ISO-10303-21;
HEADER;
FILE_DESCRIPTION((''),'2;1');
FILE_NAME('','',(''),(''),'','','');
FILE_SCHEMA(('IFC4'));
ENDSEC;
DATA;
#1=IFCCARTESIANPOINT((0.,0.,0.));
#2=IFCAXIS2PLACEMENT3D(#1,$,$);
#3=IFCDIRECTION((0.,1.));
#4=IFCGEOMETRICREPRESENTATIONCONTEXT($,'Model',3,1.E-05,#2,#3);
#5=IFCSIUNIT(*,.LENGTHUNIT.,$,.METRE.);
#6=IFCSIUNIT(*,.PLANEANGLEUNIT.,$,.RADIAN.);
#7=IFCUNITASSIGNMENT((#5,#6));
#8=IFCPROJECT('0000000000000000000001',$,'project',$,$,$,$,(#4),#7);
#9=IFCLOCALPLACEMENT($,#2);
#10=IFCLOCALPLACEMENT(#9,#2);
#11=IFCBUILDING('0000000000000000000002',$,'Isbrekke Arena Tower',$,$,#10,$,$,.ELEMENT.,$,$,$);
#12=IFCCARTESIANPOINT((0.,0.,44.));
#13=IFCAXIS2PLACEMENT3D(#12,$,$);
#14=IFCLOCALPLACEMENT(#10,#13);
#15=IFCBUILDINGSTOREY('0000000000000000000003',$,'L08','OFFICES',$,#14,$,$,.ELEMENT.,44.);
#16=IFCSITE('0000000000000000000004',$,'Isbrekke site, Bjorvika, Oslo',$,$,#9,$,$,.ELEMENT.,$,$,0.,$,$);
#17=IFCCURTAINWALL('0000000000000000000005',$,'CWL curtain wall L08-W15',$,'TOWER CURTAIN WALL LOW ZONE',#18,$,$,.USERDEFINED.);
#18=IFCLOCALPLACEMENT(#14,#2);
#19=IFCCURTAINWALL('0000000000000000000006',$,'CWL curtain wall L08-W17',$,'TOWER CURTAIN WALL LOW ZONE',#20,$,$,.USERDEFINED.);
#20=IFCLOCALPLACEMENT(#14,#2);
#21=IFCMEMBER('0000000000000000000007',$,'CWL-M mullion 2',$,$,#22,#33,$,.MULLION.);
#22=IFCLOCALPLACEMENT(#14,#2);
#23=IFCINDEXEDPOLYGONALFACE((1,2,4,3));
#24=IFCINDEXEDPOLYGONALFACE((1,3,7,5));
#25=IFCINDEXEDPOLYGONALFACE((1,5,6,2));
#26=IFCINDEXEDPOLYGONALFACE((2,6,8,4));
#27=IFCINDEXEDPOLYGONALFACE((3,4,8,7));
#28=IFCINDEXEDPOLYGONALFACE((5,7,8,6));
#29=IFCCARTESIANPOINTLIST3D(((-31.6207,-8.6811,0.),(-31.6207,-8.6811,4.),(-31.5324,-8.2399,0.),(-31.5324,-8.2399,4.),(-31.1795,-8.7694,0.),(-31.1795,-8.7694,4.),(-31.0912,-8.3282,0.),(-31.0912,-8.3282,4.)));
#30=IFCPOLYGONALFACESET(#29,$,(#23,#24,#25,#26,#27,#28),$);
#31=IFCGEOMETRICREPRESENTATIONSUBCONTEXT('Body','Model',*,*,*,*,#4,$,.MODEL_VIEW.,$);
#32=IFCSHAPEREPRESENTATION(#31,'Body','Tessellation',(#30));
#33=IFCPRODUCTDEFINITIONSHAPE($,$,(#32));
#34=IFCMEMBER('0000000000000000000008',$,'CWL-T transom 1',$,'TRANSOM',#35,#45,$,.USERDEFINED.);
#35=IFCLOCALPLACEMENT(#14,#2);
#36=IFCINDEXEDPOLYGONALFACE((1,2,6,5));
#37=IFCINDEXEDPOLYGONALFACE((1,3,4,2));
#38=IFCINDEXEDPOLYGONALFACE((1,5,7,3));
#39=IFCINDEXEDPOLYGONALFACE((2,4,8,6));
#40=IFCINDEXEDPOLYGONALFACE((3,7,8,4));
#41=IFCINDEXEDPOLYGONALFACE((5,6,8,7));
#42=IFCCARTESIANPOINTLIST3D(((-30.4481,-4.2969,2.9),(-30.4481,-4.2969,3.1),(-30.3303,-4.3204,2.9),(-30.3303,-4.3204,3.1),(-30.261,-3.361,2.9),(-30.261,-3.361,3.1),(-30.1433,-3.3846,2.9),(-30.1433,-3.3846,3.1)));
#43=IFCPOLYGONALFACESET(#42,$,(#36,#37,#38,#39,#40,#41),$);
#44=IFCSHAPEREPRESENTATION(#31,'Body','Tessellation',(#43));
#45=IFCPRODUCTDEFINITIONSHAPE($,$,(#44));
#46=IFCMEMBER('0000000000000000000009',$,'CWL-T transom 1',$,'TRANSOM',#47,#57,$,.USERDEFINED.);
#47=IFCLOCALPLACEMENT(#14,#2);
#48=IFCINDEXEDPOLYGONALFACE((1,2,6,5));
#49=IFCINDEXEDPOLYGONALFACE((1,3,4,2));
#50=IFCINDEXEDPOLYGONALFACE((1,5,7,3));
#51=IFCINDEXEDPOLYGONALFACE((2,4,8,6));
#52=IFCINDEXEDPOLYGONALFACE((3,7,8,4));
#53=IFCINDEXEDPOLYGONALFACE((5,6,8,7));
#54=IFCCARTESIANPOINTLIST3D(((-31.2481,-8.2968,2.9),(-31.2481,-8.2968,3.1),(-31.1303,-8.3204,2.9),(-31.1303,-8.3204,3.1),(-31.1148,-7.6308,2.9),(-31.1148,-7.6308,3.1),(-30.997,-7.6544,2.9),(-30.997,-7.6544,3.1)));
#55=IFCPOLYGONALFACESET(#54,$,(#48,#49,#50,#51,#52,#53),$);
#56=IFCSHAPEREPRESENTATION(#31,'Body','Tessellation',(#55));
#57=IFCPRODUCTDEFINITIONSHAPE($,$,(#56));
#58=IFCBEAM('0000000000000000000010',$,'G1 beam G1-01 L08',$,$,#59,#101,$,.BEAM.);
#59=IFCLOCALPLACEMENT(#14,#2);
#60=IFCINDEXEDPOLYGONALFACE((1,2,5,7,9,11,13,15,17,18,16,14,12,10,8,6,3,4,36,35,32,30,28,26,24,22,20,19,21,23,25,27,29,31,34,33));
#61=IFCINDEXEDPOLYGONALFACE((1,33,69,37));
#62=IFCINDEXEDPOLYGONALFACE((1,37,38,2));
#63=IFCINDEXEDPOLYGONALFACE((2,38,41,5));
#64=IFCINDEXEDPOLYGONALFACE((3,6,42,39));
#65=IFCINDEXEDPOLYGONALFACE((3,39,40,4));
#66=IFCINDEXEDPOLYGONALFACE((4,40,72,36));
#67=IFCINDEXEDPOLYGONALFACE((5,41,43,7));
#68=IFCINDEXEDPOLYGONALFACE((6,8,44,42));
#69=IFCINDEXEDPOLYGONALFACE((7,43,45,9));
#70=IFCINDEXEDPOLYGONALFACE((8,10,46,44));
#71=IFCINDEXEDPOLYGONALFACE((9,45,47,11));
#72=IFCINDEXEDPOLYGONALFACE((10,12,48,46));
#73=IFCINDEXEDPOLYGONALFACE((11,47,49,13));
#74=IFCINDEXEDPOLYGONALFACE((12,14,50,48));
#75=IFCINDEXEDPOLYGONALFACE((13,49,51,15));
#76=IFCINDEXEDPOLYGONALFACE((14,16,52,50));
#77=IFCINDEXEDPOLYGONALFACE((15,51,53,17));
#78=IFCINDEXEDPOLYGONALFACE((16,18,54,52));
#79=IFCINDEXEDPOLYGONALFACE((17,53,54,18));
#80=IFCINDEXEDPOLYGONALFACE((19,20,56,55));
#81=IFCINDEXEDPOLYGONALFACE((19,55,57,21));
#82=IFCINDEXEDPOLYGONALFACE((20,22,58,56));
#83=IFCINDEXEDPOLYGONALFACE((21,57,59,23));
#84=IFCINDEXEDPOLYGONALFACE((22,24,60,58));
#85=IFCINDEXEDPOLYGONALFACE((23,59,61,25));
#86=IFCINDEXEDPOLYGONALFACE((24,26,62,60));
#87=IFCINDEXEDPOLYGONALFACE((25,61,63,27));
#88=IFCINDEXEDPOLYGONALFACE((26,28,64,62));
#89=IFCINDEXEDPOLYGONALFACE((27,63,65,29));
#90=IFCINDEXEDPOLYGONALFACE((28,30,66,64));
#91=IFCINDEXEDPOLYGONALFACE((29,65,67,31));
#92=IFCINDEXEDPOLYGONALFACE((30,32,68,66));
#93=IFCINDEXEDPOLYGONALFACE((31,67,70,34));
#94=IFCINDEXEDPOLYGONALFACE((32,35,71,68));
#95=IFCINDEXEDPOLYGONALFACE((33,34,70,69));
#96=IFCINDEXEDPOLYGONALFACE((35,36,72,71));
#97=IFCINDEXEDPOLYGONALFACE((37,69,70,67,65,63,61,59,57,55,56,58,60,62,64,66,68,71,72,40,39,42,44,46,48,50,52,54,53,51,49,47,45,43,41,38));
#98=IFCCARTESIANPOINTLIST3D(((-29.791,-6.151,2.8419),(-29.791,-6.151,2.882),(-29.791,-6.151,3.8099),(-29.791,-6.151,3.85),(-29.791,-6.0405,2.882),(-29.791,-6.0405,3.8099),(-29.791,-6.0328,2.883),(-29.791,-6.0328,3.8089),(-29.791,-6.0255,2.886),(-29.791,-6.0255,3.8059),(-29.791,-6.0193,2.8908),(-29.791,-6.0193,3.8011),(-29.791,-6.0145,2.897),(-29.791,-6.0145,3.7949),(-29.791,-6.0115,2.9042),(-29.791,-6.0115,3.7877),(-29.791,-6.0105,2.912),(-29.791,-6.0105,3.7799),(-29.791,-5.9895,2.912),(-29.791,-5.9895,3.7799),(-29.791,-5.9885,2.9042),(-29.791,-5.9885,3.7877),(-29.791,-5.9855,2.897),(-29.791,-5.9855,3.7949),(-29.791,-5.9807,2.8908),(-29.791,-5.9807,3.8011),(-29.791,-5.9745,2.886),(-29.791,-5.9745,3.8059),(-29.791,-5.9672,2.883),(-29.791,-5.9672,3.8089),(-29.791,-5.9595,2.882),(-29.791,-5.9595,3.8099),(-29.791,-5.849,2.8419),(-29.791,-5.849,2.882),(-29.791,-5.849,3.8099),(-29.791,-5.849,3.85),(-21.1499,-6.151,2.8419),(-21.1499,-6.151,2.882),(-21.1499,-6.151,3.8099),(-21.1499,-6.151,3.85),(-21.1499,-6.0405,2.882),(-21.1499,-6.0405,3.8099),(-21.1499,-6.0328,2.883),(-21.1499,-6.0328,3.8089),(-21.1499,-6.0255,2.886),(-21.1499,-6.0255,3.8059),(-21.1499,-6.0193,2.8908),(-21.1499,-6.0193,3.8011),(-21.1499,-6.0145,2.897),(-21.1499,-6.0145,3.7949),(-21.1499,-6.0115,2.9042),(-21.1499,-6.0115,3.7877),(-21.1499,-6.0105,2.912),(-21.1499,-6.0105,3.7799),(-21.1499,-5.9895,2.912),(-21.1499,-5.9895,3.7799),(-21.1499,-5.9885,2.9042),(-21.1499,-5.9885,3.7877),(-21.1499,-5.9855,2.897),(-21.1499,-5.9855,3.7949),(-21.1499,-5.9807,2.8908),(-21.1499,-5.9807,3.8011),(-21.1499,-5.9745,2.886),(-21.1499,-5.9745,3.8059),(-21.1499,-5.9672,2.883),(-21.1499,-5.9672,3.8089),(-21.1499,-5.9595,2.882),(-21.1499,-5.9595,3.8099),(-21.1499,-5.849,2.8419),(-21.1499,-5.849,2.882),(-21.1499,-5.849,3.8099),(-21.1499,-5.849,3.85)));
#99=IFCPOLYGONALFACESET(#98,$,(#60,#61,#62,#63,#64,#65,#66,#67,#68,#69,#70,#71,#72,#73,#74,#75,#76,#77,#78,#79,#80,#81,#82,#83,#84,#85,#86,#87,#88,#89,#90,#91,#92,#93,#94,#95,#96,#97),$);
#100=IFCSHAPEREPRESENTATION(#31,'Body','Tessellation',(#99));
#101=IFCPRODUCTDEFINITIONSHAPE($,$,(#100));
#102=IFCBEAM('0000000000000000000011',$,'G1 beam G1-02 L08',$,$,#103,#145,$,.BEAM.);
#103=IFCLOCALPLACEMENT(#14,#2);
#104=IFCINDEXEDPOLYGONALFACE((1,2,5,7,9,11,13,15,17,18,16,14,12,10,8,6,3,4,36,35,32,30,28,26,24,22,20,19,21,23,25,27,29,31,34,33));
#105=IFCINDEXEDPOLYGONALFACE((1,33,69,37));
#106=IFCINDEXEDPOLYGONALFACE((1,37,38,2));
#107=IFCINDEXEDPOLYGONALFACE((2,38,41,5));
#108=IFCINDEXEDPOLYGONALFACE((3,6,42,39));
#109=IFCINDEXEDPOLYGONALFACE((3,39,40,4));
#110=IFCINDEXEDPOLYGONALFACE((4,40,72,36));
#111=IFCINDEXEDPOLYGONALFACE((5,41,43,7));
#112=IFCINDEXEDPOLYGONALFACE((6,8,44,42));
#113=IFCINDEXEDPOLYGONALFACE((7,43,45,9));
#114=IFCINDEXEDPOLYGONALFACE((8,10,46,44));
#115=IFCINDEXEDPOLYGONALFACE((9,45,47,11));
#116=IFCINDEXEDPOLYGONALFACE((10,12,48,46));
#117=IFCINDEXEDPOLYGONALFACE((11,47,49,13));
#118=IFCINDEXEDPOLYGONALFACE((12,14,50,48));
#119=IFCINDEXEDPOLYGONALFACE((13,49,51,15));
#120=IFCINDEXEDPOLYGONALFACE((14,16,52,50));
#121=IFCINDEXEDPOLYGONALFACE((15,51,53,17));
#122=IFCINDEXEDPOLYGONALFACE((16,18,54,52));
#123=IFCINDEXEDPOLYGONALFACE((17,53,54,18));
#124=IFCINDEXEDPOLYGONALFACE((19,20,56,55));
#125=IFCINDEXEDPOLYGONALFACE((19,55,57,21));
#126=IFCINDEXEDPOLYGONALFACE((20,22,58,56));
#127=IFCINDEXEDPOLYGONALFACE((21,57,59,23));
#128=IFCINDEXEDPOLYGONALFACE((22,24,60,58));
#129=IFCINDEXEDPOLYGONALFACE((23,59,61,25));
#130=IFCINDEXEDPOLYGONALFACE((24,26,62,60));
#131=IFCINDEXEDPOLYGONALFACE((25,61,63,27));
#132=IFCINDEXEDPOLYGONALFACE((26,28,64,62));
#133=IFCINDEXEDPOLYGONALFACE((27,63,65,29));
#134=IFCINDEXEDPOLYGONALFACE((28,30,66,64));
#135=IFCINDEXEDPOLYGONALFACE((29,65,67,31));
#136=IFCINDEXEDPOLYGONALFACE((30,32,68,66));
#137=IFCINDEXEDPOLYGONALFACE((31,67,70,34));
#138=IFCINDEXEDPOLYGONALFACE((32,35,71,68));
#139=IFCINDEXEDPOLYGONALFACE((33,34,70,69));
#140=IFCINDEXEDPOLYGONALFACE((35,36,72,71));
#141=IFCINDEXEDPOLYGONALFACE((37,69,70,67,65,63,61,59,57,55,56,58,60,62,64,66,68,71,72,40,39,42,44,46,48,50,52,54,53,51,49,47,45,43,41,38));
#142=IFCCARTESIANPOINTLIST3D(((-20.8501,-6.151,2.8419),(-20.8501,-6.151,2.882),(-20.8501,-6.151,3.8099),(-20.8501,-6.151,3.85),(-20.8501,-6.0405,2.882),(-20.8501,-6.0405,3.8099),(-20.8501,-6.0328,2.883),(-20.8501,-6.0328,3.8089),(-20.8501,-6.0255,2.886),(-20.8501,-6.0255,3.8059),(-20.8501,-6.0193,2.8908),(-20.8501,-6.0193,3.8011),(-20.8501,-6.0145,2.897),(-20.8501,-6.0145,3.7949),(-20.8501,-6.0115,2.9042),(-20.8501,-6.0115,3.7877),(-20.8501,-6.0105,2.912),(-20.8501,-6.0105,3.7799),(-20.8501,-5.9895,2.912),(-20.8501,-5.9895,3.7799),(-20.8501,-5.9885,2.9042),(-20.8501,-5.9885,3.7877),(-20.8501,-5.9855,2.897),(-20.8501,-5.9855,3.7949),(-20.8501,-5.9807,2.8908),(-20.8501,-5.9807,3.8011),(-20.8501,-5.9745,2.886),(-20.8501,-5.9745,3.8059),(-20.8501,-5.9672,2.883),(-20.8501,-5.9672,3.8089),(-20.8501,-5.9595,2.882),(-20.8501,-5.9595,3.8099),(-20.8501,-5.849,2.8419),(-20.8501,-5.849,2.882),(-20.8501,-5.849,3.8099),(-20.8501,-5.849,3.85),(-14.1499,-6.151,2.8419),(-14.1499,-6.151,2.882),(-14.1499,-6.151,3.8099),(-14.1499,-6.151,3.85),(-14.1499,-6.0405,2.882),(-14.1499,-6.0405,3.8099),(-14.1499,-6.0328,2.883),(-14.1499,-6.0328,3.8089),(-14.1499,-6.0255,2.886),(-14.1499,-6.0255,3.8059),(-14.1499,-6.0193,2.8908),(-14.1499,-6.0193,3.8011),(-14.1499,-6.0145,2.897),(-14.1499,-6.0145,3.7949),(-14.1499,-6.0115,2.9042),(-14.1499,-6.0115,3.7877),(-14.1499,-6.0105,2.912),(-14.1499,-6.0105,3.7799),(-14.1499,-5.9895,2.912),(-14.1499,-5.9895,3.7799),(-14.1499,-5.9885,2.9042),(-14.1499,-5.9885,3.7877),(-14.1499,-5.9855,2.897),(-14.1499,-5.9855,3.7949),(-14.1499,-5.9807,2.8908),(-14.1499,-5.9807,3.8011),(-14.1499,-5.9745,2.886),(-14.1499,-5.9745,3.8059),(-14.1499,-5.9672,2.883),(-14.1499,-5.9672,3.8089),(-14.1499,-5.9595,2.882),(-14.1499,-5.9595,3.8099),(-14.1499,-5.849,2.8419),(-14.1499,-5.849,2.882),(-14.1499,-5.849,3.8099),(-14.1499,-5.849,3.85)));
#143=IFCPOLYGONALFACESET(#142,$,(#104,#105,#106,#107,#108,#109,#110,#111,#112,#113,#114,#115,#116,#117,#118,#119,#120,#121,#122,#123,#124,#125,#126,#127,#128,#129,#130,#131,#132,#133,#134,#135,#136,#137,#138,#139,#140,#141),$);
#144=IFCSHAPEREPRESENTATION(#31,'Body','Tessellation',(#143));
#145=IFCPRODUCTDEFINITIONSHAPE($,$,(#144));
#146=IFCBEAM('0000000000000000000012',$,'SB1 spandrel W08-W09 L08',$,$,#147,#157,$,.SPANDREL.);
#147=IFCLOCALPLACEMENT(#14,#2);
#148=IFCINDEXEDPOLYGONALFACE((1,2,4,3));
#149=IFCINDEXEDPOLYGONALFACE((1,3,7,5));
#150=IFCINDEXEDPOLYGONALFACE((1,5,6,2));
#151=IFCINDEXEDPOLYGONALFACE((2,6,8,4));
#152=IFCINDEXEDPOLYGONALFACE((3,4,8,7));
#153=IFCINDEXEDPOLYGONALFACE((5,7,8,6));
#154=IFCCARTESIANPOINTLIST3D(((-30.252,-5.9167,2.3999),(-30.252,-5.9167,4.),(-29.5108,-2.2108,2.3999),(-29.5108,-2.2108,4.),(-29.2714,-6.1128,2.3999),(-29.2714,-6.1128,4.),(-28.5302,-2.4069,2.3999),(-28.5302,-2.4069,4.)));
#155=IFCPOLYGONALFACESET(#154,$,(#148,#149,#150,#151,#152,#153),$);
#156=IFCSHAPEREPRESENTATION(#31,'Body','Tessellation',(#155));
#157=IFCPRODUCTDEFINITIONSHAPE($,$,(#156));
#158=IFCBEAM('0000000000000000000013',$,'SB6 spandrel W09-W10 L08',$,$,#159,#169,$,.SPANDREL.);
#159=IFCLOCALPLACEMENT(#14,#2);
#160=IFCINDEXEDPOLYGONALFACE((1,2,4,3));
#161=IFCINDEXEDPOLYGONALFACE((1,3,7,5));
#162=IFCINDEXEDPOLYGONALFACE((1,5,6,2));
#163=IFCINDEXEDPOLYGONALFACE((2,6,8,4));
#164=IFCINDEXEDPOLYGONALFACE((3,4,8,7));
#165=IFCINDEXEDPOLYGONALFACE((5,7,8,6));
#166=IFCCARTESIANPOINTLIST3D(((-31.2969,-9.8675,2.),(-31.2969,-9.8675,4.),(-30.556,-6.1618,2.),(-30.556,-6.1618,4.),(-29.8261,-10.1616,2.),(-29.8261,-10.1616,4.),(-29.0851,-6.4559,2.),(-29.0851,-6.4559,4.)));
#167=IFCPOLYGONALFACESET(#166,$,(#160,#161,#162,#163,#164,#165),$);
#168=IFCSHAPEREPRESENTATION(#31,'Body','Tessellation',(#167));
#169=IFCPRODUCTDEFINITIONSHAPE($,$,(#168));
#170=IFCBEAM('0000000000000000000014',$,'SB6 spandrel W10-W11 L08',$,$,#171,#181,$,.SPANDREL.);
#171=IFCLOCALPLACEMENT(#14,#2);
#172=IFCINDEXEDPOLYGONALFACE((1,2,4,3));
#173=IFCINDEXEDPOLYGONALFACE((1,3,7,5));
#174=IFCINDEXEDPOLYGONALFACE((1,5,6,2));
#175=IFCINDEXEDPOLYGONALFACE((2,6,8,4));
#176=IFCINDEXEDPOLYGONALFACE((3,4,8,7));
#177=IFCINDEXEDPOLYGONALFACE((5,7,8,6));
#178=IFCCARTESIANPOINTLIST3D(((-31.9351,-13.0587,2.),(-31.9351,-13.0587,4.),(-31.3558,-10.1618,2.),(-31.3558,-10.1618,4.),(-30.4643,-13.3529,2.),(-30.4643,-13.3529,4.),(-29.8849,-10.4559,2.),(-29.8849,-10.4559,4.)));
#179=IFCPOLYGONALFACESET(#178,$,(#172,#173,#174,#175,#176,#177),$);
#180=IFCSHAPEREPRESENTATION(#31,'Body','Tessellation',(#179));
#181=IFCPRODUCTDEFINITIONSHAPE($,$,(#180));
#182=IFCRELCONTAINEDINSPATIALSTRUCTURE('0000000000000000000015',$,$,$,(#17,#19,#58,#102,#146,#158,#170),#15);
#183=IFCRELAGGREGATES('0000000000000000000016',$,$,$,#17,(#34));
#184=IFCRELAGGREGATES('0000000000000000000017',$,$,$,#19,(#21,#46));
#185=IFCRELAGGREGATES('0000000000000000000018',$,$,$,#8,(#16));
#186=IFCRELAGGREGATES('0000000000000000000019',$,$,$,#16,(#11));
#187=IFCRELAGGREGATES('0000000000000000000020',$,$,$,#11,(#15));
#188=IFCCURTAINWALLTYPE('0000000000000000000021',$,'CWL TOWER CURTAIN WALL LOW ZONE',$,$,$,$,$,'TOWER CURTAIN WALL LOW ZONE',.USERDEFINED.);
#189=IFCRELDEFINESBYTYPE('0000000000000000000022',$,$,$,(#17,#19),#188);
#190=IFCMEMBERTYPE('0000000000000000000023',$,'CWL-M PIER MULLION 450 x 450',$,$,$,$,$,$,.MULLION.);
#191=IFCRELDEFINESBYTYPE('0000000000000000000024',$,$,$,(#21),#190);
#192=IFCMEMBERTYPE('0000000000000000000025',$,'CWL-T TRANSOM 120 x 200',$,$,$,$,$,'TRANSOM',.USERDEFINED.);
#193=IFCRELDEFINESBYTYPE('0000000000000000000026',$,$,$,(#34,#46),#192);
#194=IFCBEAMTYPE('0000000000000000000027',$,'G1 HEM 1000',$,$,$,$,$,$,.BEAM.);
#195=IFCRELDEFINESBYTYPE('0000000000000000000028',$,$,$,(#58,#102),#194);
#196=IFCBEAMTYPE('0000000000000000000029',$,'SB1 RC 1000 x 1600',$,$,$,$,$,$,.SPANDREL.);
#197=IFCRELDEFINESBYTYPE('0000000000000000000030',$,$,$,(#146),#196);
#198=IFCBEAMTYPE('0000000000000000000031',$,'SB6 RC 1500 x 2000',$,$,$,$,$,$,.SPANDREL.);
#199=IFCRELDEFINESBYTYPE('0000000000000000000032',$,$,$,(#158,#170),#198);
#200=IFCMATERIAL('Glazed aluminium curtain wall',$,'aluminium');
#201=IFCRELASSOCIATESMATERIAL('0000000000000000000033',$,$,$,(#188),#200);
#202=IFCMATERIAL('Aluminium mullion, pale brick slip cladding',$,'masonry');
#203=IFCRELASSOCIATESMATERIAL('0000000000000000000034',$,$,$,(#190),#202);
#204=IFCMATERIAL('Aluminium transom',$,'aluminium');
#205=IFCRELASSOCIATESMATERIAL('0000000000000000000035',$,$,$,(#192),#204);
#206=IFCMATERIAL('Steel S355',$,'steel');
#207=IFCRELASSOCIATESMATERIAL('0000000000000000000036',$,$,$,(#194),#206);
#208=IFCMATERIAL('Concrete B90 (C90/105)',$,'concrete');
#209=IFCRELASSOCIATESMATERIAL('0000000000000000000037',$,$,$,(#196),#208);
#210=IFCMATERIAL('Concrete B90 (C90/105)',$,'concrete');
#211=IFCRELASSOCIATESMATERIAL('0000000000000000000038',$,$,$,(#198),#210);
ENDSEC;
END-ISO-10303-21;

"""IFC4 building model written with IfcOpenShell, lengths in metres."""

from ifc_helpers import new_model, si_unit, direction, frame, origin, origin_2d, place, context, subcontext, project, spatial, rectangle, i_section, extrude, material, material_profile, profile_set, type_object, element, aggregate, save


model = new_model("IFC4")

# Units and contexts
model_context = context("Model", 3, precision=1e-05, world=origin(), true_north=direction((0.0, 1.0)))
body_context = subcontext(model_context, "Body", "Model", "MODEL_VIEW")
ifc_project = project(units=[si_unit("LENGTHUNIT", "METRE"), si_unit("PLANEANGLEUNIT", "RADIAN")], contexts=[model_context])

# Site, building, storey
site_placement = place(None, origin())
site = spatial("IfcSite", under=ifc_project, at=site_placement, Name="Isbrekke site, Bjorvika, Oslo", CompositionType="ELEMENT", RefElevation=0.0)
building_placement = place(site_placement, origin())
building = spatial("IfcBuilding", under=site, at=building_placement, Name="Isbrekke Arena Tower", CompositionType="ELEMENT")
storey_placement = place(building_placement, frame((0.0, 0.0, 44.0)))
storey = spatial("IfcBuildingStorey", under=building, at=storey_placement, Name="L08", Description="OFFICES", CompositionType="ELEMENT", Elevation=44.0)

# Curtain walls, member
ifc_material_1 = material(Name="Glazed aluminium curtain wall", Category="aluminium")
curtain_wall_type = type_object("IfcCurtainWallType", Name="CWL TOWER CURTAIN WALL LOW ZONE", ElementType="TOWER CURTAIN WALL LOW ZONE", PredefinedType="USERDEFINED", material=ifc_material_1)
curtain_wall_1_placement = place(storey_placement, origin())
curtain_wall_1 = element("IfcCurtainWall", 1, at=curtain_wall_1_placement, inside=storey, type_object=curtain_wall_type, Name="CWL curtain wall L08-W15", ObjectType="TOWER CURTAIN WALL LOW ZONE", PredefinedType="USERDEFINED")
ifc_material_2 = material(Name="Aluminium mullion, pale brick slip cladding", Category="masonry")
ifc_material_profile_1 = material_profile(ifc_material_2, rectangle(XDim=0.45, YDim=0.45, at=origin_2d()), Name="PIER 450X450")
ifc_profile_set_1 = profile_set([ifc_material_profile_1], Name="Aluminium mullion, pale brick slip cladding")
member_type_1 = type_object("IfcMemberType", Name="CWL-M PIER MULLION 450 x 450", PredefinedType="MULLION", material=ifc_profile_set_1)
curtain_wall_2_placement = place(storey_placement, origin())
curtain_wall_2 = element("IfcCurtainWall", 2, at=curtain_wall_2_placement, inside=storey, type_object=curtain_wall_type, Name="CWL curtain wall L08-W17", ObjectType="TOWER CURTAIN WALL LOW ZONE", PredefinedType="USERDEFINED")
member_1_placement = place(storey_placement, frame((-31.356, -8.5046, 0.0), z_axis=(0.0, 0.0, 1.0), x_axis=(-0.196116, -0.980581, 0.0)))
member_1 = element("IfcMember", 3, at=member_1_placement, type_object=member_type_1, Name="CWL-M mullion 2", PredefinedType="MULLION", context=body_context, shape_type="SweptSolid", body=[
    extrude(rectangle(XDim=0.45, YDim=0.45, at=origin_2d()), origin(), (0.0, 0.0, 1.0), 4.0),
])

# Members
ifc_material_3 = material(Name="Aluminium transom", Category="aluminium")
ifc_material_profile_2 = material_profile(ifc_material_3, rectangle(XDim=0.1201, YDim=0.2, at=origin_2d()), Name="TRANSOM 120X200")
ifc_profile_set_2 = profile_set([ifc_material_profile_2], Name="Aluminium transom")
member_type_2 = type_object("IfcMemberType", Name="CWL-T TRANSOM 120 x 200", ElementType="TRANSOM", PredefinedType="USERDEFINED", material=ifc_profile_set_2)
member_2_placement = place(storey_placement, frame((-30.2021, -3.3728, 3.0), z_axis=(-0.195969, -0.98061, 0.0), x_axis=(0.98061, -0.195969, 0.0)))
member_2 = element("IfcMember", 4, at=member_2_placement, type_object=member_type_2, Name="CWL-T transom 1", ObjectType="TRANSOM", PredefinedType="USERDEFINED", context=body_context, shape_type="SweptSolid", body=[
    extrude(rectangle(XDim=0.1201, YDim=0.2, at=origin_2d()), origin(), (0.0, 0.0, 1.0), 0.9543),
])
member_3_placement = place(storey_placement, frame((-31.0559, -7.6426, 3.0), z_axis=(-0.196254, -0.980553, 0.0), x_axis=(0.980553, -0.196254, 0.0)))
member_3 = element("IfcMember", 5, at=member_3_placement, type_object=member_type_2, Name="CWL-T transom 1", ObjectType="TRANSOM", PredefinedType="USERDEFINED", context=body_context, shape_type="SweptSolid", body=[
    extrude(rectangle(XDim=0.1201, YDim=0.2, at=origin_2d()), origin(), (0.0, 0.0, 1.0), 0.6792),
])

# Beams
ifc_material_4 = material(Name="Steel S355", Category="steel")
ifc_material_profile_3 = material_profile(ifc_material_4, i_section(OverallWidth=0.302, OverallDepth=1.0081, WebThickness=0.021, FlangeThickness=0.04, FilletRadius=0.03, at=origin_2d()), Name="HEM 1000")
ifc_profile_set_3 = profile_set([ifc_material_profile_3], Name="Steel S355")
beam_type_1 = type_object("IfcBeamType", Name="G1 HEM 1000", PredefinedType="BEAM", material=ifc_profile_set_3)
beam_1_placement = place(storey_placement, frame((-29.791, -6.0, 3.3459), z_axis=(1.0, 0.0, 0.0), x_axis=(0.0, 1.0, 0.0)))
element("IfcBeam", 6, at=beam_1_placement, inside=storey, type_object=beam_type_1, Name="G1 beam G1-01 L08", PredefinedType="BEAM", context=body_context, shape_type="SweptSolid", body=[
    extrude(i_section(OverallWidth=0.302, OverallDepth=1.0081, WebThickness=0.021, FlangeThickness=0.04, FilletRadius=0.03, at=origin_2d()), origin(), (0.0, 0.0, 1.0), 8.6411),
])
beam_2_placement = place(storey_placement, frame((-20.8501, -6.0, 3.3459), z_axis=(1.0, 0.0, 0.0), x_axis=(0.0, 1.0, 0.0)))
element("IfcBeam", 7, at=beam_2_placement, inside=storey, type_object=beam_type_1, Name="G1 beam G1-02 L08", PredefinedType="BEAM", context=body_context, shape_type="SweptSolid", body=[
    extrude(i_section(OverallWidth=0.302, OverallDepth=1.0081, WebThickness=0.021, FlangeThickness=0.04, FilletRadius=0.03, at=origin_2d()), origin(), (0.0, 0.0, 1.0), 6.7002),
])
ifc_material_5 = material(Name="Concrete B90 (C90/105)", Category="concrete")
ifc_material_profile_4 = material_profile(ifc_material_5, rectangle(XDim=1.0, YDim=1.6001, at=origin_2d()), Name="RC 1000x1600")
ifc_profile_set_4 = profile_set([ifc_material_profile_4], Name="Concrete B90 (C90/105)")
beam_type_2 = type_object("IfcBeamType", Name="SB1 RC 1000 x 1600", PredefinedType="SPANDREL", material=ifc_profile_set_4)
beam_3_placement = place(storey_placement, frame((-29.0205, -2.3088, 3.2), z_axis=(-0.196129, -0.980578, 0.0), x_axis=(0.980578, -0.196129, 0.0)))
element("IfcBeam", 8, at=beam_3_placement, inside=storey, type_object=beam_type_2, Name="SB1 spandrel W08-W09 L08", PredefinedType="SPANDREL", context=body_context, shape_type="SweptSolid", body=[
    extrude(rectangle(XDim=1.0, YDim=1.6001, at=origin_2d()), origin(), (0.0, 0.0, 1.0), 3.7793),
])
ifc_material_6 = material(Name="Concrete B90 (C90/105)", Category="concrete")
ifc_material_profile_5 = material_profile(ifc_material_6, rectangle(XDim=1.5, YDim=2.0, at=origin_2d()), Name="RC 1500x2000")
ifc_profile_set_5 = profile_set([ifc_material_profile_5], Name="Concrete B90 (C90/105)")
beam_type_3 = type_object("IfcBeamType", Name="SB6 RC 1500 x 2000", PredefinedType="SPANDREL", material=ifc_profile_set_5)
beam_4_placement = place(storey_placement, frame((-29.8206, -6.3088, 3.0), z_axis=(-0.196066, -0.980591, 0.0), x_axis=(0.980591, -0.196066, 0.0)))
element("IfcBeam", 9, at=beam_4_placement, inside=storey, type_object=beam_type_3, Name="SB6 spandrel W09-W10 L08", PredefinedType="SPANDREL", context=body_context, shape_type="SweptSolid", body=[
    extrude(rectangle(XDim=1.5, YDim=2.0, at=origin_2d()), origin(), (0.0, 0.0, 1.0), 3.7791),
])
beam_5_placement = place(storey_placement, frame((-30.6204, -10.3088, 3.0), z_axis=(-0.1961, -0.980584, 0.0), x_axis=(0.980584, -0.1961, 0.0)))
element("IfcBeam", 10, at=beam_5_placement, inside=storey, type_object=beam_type_3, Name="SB6 spandrel W10-W11 L08", PredefinedType="SPANDREL", context=body_context, shape_type="SweptSolid", body=[
    extrude(rectangle(XDim=1.5, YDim=2.0, at=origin_2d()), origin(), (0.0, 0.0, 1.0), 2.9543),
])

aggregate(curtain_wall_1, [member_2])
aggregate(curtain_wall_2, [member_1, member_3])

save(model, "model.ifc")
